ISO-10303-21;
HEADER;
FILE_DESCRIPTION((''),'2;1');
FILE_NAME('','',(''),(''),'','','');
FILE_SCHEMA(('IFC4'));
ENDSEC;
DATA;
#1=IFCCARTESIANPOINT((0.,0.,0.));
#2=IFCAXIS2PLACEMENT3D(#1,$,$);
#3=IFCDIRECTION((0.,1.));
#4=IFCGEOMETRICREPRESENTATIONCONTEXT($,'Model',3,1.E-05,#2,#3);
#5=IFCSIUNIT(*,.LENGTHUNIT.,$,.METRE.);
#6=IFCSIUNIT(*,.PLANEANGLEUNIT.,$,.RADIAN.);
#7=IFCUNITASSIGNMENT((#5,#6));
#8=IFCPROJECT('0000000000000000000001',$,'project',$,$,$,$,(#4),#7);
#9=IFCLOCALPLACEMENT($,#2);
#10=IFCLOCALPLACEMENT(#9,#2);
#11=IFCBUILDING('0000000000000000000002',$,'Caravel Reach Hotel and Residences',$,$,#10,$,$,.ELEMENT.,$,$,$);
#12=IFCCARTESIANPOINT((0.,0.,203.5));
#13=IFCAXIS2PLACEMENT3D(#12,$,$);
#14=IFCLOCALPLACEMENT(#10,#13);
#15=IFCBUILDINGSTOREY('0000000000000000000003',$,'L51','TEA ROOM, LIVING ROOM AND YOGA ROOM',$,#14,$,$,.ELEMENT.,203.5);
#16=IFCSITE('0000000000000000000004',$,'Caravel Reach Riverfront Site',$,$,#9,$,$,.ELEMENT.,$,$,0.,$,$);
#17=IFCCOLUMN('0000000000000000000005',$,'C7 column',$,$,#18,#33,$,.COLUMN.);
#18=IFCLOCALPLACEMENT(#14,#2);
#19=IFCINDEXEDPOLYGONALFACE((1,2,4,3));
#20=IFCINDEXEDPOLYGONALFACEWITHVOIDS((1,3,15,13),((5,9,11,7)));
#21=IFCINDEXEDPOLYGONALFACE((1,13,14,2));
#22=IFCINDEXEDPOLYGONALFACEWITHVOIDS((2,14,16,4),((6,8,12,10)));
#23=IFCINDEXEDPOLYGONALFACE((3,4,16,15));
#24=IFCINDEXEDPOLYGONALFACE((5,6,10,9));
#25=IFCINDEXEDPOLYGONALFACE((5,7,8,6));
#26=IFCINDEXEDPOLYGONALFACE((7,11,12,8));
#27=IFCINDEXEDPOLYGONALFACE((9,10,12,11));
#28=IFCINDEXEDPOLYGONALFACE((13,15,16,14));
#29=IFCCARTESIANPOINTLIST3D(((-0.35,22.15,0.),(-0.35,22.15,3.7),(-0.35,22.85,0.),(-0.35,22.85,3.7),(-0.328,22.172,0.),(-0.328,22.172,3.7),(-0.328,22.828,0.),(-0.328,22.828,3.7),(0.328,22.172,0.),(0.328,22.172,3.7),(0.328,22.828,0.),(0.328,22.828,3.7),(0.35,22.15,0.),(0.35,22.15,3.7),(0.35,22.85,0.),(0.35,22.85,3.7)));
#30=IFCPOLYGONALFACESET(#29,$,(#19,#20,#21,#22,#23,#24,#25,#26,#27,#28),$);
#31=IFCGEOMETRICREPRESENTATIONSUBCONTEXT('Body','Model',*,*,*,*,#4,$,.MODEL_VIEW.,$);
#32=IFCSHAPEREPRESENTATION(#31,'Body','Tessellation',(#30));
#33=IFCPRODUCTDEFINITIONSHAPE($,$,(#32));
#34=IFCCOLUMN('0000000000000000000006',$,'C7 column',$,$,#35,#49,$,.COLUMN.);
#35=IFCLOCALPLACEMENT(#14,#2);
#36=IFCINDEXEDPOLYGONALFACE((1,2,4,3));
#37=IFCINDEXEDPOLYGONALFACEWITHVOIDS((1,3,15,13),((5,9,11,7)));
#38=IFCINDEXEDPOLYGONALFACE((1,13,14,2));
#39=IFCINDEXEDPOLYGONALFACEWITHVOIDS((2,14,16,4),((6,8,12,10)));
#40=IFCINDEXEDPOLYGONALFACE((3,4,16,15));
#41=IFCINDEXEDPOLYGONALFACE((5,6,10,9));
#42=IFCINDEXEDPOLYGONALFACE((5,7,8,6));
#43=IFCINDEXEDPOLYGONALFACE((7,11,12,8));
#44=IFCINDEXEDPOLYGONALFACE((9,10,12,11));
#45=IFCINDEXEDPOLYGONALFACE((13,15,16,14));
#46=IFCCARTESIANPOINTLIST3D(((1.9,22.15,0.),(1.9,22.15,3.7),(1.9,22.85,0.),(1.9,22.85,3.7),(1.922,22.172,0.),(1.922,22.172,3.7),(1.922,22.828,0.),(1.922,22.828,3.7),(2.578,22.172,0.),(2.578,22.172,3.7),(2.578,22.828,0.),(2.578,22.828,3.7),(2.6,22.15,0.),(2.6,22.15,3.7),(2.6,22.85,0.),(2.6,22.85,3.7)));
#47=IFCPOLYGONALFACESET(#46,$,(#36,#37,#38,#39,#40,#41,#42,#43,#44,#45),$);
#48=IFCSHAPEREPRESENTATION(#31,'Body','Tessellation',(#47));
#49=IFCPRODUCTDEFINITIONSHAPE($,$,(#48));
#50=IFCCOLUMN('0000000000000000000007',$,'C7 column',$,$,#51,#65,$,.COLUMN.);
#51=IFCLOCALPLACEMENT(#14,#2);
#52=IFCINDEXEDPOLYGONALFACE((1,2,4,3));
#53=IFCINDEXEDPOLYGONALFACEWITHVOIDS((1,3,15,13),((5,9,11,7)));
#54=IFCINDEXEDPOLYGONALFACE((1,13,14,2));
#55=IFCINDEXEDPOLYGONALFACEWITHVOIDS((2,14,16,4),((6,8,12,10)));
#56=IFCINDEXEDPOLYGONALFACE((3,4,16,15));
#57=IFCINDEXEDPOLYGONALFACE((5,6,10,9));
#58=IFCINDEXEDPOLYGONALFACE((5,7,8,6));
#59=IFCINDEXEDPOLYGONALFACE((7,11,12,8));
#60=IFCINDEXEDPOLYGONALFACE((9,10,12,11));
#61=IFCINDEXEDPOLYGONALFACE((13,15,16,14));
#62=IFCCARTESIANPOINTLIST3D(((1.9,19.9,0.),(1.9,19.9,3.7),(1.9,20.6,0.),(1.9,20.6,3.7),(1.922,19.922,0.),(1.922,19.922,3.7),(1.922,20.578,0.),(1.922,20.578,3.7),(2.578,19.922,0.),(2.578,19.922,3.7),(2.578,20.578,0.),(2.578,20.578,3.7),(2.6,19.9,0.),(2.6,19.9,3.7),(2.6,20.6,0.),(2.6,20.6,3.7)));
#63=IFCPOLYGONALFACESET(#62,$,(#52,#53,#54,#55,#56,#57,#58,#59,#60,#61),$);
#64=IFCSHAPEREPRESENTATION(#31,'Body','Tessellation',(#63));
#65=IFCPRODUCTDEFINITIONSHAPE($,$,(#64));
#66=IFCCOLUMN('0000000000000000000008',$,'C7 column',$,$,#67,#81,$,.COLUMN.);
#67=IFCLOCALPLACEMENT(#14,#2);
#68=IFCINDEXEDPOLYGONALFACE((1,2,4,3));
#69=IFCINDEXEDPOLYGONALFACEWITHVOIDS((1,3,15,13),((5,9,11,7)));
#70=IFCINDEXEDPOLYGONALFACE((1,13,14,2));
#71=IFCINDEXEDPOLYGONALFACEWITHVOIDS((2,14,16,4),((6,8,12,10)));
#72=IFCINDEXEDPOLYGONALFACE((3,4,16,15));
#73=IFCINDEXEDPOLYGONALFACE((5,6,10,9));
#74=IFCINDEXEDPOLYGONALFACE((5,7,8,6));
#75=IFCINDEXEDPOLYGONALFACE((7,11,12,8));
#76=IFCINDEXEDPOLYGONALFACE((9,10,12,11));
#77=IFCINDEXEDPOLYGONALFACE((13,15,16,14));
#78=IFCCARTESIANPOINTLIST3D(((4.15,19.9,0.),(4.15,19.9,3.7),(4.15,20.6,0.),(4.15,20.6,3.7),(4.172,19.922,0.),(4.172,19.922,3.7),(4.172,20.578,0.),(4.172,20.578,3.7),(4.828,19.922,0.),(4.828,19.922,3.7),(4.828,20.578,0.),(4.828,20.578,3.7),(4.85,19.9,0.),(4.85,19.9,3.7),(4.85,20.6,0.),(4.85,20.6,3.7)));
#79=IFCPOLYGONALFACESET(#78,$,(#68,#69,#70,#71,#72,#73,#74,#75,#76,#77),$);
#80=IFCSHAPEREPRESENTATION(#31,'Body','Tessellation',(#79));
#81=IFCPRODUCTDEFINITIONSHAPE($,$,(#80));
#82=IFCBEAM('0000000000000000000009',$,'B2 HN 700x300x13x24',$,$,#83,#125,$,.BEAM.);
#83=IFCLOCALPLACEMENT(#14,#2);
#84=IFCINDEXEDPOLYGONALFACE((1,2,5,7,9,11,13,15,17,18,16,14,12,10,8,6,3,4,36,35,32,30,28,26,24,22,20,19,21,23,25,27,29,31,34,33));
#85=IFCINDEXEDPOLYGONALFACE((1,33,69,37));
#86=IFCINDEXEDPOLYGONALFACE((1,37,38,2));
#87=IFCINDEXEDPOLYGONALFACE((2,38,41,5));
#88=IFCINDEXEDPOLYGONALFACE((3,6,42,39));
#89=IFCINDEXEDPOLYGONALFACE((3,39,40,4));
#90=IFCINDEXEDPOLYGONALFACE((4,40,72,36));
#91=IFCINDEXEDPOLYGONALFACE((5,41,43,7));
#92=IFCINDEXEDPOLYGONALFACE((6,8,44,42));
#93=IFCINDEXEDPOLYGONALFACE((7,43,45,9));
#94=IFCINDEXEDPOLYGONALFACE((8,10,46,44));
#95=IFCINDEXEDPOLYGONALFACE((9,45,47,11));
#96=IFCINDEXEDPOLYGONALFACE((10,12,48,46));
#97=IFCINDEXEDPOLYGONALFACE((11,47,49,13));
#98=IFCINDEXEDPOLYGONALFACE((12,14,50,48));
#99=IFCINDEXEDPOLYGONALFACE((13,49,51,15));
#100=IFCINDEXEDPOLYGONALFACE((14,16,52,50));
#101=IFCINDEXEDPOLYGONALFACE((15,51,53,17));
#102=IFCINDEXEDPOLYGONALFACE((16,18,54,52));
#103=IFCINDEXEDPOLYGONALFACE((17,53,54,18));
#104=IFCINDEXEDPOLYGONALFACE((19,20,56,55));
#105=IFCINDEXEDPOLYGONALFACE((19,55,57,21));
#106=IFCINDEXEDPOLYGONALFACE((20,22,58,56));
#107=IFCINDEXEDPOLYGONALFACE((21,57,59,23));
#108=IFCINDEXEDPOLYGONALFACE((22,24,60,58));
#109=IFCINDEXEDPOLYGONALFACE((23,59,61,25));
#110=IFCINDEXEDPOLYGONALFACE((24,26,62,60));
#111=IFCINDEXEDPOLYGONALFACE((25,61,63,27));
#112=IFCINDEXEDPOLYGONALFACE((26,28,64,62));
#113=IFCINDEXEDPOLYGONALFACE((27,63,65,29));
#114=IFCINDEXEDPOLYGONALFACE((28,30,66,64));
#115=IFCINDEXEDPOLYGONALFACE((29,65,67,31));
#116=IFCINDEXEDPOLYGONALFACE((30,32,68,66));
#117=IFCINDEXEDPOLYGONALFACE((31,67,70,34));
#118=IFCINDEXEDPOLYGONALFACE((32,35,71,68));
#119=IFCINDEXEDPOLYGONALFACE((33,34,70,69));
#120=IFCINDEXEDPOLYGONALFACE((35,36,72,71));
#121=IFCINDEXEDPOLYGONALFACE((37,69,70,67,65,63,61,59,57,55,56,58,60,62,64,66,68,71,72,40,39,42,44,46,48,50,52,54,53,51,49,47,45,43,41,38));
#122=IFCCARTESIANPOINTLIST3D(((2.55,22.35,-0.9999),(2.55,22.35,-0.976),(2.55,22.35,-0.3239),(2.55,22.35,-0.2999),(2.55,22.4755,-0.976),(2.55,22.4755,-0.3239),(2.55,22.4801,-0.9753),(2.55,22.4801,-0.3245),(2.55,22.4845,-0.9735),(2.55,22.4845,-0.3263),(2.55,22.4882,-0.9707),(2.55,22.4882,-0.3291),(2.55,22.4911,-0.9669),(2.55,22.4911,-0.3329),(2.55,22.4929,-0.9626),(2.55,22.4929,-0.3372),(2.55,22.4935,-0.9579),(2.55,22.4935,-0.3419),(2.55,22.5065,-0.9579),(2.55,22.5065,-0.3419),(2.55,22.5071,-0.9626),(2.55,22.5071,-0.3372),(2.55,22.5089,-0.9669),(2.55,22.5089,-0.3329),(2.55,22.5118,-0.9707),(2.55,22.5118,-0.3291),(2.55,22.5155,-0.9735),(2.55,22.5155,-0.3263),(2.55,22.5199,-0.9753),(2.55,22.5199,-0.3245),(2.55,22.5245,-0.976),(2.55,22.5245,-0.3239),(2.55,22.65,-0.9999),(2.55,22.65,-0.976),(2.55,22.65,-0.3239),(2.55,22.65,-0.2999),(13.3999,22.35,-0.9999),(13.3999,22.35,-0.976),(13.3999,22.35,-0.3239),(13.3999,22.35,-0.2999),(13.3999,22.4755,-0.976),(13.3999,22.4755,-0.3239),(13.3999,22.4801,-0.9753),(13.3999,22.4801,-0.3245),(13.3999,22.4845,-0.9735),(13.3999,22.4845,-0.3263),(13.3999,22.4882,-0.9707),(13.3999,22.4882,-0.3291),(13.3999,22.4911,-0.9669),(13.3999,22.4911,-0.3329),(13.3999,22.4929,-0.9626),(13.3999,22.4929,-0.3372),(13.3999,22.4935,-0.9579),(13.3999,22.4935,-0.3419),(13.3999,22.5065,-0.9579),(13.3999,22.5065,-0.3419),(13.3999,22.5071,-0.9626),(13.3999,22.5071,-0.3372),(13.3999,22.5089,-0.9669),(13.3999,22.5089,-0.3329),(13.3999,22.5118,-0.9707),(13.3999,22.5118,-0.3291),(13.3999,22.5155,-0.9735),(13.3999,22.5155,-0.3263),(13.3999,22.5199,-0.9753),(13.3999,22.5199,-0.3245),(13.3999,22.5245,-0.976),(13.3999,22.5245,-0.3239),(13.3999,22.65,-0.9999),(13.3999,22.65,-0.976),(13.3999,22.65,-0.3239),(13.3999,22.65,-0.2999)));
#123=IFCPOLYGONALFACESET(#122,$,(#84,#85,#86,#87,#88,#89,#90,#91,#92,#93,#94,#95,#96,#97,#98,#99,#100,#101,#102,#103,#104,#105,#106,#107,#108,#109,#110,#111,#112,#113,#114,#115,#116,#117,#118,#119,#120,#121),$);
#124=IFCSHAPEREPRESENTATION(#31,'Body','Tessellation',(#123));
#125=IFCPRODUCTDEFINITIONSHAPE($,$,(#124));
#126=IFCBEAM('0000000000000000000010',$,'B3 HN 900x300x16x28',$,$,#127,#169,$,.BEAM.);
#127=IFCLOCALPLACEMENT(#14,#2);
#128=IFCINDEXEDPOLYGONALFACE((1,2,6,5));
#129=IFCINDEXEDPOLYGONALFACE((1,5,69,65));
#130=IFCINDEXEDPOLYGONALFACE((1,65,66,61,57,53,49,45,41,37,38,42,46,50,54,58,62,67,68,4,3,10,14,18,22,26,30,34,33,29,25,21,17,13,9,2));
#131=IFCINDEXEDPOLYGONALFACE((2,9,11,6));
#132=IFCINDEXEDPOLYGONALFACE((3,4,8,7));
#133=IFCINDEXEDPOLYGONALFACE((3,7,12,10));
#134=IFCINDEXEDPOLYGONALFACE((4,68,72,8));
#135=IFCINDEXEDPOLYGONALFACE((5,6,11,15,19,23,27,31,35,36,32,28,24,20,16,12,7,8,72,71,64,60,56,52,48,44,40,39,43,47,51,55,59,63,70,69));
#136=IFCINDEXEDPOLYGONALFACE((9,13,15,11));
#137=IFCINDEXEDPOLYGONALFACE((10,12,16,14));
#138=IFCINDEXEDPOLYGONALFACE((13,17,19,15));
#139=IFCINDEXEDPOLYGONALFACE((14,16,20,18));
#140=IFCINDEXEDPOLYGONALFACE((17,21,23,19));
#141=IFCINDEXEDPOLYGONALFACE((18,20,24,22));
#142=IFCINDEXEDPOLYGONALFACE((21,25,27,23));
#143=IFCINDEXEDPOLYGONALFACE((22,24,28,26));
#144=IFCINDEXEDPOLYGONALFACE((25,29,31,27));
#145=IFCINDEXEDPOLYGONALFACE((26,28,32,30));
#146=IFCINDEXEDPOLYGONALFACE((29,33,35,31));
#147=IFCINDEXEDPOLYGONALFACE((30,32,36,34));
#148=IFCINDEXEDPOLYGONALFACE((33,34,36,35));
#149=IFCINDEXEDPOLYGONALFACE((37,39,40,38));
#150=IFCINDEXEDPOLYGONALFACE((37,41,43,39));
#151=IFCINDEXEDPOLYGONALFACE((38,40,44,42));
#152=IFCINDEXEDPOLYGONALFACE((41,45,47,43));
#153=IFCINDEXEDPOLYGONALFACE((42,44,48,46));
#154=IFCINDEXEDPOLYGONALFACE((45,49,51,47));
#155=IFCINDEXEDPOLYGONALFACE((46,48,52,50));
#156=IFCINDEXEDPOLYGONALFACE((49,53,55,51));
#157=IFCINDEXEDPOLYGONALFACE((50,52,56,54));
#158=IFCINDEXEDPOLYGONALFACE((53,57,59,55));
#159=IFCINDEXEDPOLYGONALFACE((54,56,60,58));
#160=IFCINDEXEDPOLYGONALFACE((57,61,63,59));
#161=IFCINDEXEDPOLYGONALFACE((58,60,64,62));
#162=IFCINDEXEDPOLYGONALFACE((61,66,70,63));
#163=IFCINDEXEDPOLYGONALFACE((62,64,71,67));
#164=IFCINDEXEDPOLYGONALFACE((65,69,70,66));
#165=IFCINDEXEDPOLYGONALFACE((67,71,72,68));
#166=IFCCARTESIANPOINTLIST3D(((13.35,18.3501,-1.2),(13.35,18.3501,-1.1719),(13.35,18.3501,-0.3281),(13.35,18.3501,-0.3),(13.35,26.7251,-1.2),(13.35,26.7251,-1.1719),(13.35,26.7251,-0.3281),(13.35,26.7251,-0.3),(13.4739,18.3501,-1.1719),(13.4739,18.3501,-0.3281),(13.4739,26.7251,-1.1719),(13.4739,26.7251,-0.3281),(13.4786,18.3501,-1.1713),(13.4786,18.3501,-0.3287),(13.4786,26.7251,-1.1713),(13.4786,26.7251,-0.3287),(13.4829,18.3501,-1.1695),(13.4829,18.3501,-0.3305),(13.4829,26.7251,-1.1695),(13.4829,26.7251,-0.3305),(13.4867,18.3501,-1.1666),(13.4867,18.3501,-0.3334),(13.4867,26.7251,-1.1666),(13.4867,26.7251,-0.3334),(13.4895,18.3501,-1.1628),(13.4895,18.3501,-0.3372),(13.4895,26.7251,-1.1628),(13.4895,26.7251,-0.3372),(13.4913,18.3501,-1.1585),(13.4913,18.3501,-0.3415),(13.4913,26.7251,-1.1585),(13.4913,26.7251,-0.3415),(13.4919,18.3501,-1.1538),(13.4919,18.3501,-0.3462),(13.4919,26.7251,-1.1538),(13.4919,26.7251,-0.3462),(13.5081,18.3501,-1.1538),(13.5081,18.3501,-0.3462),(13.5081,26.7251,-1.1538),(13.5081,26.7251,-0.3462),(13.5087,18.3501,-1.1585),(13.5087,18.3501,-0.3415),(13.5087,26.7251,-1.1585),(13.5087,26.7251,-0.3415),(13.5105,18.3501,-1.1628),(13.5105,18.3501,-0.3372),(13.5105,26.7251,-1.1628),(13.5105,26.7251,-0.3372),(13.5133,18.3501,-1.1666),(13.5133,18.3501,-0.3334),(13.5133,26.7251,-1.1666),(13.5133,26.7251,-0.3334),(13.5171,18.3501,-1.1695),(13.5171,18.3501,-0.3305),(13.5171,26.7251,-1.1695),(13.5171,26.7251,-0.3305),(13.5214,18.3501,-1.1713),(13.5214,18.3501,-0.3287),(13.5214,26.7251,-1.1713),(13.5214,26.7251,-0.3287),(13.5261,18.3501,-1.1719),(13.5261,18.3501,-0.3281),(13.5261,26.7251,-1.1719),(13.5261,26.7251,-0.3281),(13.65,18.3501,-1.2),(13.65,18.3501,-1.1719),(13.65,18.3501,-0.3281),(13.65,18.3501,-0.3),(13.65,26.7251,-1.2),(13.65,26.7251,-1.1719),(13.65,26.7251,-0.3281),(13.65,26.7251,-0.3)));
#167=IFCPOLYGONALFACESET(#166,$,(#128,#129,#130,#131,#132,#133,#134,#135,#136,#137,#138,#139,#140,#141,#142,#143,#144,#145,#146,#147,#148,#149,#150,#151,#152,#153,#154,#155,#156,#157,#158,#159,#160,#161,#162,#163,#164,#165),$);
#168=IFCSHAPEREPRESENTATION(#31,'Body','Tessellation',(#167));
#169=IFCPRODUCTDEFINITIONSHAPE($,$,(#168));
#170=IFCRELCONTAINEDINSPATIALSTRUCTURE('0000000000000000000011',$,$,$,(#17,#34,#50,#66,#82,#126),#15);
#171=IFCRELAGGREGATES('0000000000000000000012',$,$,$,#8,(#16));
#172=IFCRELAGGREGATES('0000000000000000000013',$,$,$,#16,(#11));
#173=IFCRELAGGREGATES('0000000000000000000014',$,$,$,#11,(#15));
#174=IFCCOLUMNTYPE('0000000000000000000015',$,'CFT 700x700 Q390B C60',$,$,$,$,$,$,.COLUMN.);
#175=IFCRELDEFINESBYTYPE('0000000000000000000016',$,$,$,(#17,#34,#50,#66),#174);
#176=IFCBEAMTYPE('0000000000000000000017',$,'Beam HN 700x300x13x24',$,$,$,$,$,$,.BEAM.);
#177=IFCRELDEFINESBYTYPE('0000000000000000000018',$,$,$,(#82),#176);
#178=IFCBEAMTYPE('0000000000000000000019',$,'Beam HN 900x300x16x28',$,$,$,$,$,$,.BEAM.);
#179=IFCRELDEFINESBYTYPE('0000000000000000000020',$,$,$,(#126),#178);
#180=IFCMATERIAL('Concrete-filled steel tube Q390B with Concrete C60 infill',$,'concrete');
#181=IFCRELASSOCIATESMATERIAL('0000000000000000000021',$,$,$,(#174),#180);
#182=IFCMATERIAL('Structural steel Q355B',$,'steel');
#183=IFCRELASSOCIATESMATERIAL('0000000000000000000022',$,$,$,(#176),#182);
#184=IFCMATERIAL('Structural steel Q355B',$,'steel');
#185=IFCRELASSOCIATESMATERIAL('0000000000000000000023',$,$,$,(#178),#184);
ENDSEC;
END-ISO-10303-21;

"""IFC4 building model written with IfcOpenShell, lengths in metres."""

from ifc_helpers import new_model, si_unit, direction, frame, origin, origin_2d, place, context, subcontext, project, spatial, hollow_rectangle, i_section, extrude, material, material_profile, profile_set, type_object, element, save


model = new_model("IFC4")

# Units and contexts
model_context = context("Model", 3, precision=1e-05, world=origin(), true_north=direction((0.0, 1.0)))
body_context = subcontext(model_context, "Body", "Model", "MODEL_VIEW")
ifc_project = project(units=[si_unit("LENGTHUNIT", "METRE"), si_unit("PLANEANGLEUNIT", "RADIAN")], contexts=[model_context])

# Site, building, storey
site_placement = place(None, origin())
site = spatial("IfcSite", under=ifc_project, at=site_placement, Name="Caravel Reach Riverfront Site", CompositionType="ELEMENT", RefElevation=0.0)
building_placement = place(site_placement, origin())
building = spatial("IfcBuilding", under=site, at=building_placement, Name="Caravel Reach Hotel and Residences", CompositionType="ELEMENT")
storey_placement = place(building_placement, frame((0.0, 0.0, 203.5)))
storey = spatial("IfcBuildingStorey", under=building, at=storey_placement, Name="L51", Description="TEA ROOM, LIVING ROOM AND YOGA ROOM", CompositionType="ELEMENT", Elevation=203.5)

# Columns
ifc_material_1 = material(Name="Concrete-filled steel tube Q390B with Concrete C60 infill", Category="concrete")
ifc_material_profile_1 = material_profile(ifc_material_1, hollow_rectangle(XDim=0.7, YDim=0.7, WallThickness=0.022, at=origin_2d()), Name="RHS 700x700x22")
ifc_profile_set_1 = profile_set([ifc_material_profile_1], Name="Concrete-filled steel tube Q390B with Concrete C60 infill")
column_type = type_object("IfcColumnType", Name="CFT 700x700 Q390B C60", PredefinedType="COLUMN", material=ifc_profile_set_1)
for number, where, z_axis, x_axis, name in (
    (1, (0.0, 22.5, 0.0), (0.0, 0.0, 1.0), (1.0, 0.0, 0.0), "C7 column"),
    (2, (2.25, 22.5, 0.0), (0.0, 0.0, 1.0), (1.0, 0.0, 0.0), "C7 column"),
    (3, (2.25, 20.25, 0.0), (0.0, 0.0, 1.0), (1.0, 0.0, 0.0), "C7 column"),
    (4, (4.5, 20.25, 0.0), (0.0, 0.0, 1.0), (1.0, 0.0, 0.0), "C7 column"),
):
    element("IfcColumn", number, at=place(storey_placement, frame(where, z_axis=z_axis, x_axis=x_axis)), inside=storey, type_object=column_type, Name=name, PredefinedType="COLUMN", context=body_context, shape_type="SweptSolid", body=[
        extrude(hollow_rectangle(XDim=0.7, YDim=0.7, WallThickness=0.022, at=origin_2d()), origin(), (0.0, 0.0, 1.0), 3.7),
    ])

# Beams
ifc_material_2 = material(Name="Structural steel Q355B", Category="steel")
ifc_material_profile_2 = material_profile(ifc_material_2, i_section(OverallWidth=0.3, OverallDepth=0.7, WebThickness=0.0129, FlangeThickness=0.0239, FilletRadius=0.0181, at=origin_2d()), Name="HN 700x300x13x24")
ifc_profile_set_2 = profile_set([ifc_material_profile_2], Name="Structural steel Q355B")
beam_type_1 = type_object("IfcBeamType", Name="Beam HN 700x300x13x24", PredefinedType="BEAM", material=ifc_profile_set_2)
beam_1_placement = place(storey_placement, frame((13.3999, 22.5, -0.6499), z_axis=(-1.0, 0.0, 0.0), x_axis=(0.0, -1.0, 0.0)))
element("IfcBeam", 5, at=beam_1_placement, inside=storey, type_object=beam_type_1, Name="B2 HN 700x300x13x24", PredefinedType="BEAM", context=body_context, shape_type="SweptSolid", body=[
    extrude(i_section(OverallWidth=0.3, OverallDepth=0.7, WebThickness=0.0129, FlangeThickness=0.0239, FilletRadius=0.0181, at=origin_2d()), origin(), (0.0, 0.0, 1.0), 10.8499),
])
ifc_material_3 = material(Name="Structural steel Q355B", Category="steel")
ifc_material_profile_3 = material_profile(ifc_material_3, i_section(OverallWidth=0.3, OverallDepth=0.8999, WebThickness=0.0161, FlangeThickness=0.0281, FilletRadius=0.0181, at=origin_2d()), Name="HN 900x300x16x28")
ifc_profile_set_3 = profile_set([ifc_material_profile_3], Name="Structural steel Q355B")
beam_type_2 = type_object("IfcBeamType", Name="Beam HN 900x300x16x28", PredefinedType="BEAM", material=ifc_profile_set_3)
beam_2_placement = place(storey_placement, frame((13.5, 18.3501, -0.75), z_axis=(0.0, 1.0, 0.0), x_axis=(-1.0, 0.0, 0.0)))
element("IfcBeam", 6, at=beam_2_placement, inside=storey, type_object=beam_type_2, Name="B3 HN 900x300x16x28", PredefinedType="BEAM", context=body_context, shape_type="SweptSolid", body=[
    extrude(i_section(OverallWidth=0.3, OverallDepth=0.8999, WebThickness=0.0161, FlangeThickness=0.0281, FilletRadius=0.0181, at=origin_2d()), origin(), (0.0, 0.0, 1.0), 8.375),
])

save(model, "model.ifc")
